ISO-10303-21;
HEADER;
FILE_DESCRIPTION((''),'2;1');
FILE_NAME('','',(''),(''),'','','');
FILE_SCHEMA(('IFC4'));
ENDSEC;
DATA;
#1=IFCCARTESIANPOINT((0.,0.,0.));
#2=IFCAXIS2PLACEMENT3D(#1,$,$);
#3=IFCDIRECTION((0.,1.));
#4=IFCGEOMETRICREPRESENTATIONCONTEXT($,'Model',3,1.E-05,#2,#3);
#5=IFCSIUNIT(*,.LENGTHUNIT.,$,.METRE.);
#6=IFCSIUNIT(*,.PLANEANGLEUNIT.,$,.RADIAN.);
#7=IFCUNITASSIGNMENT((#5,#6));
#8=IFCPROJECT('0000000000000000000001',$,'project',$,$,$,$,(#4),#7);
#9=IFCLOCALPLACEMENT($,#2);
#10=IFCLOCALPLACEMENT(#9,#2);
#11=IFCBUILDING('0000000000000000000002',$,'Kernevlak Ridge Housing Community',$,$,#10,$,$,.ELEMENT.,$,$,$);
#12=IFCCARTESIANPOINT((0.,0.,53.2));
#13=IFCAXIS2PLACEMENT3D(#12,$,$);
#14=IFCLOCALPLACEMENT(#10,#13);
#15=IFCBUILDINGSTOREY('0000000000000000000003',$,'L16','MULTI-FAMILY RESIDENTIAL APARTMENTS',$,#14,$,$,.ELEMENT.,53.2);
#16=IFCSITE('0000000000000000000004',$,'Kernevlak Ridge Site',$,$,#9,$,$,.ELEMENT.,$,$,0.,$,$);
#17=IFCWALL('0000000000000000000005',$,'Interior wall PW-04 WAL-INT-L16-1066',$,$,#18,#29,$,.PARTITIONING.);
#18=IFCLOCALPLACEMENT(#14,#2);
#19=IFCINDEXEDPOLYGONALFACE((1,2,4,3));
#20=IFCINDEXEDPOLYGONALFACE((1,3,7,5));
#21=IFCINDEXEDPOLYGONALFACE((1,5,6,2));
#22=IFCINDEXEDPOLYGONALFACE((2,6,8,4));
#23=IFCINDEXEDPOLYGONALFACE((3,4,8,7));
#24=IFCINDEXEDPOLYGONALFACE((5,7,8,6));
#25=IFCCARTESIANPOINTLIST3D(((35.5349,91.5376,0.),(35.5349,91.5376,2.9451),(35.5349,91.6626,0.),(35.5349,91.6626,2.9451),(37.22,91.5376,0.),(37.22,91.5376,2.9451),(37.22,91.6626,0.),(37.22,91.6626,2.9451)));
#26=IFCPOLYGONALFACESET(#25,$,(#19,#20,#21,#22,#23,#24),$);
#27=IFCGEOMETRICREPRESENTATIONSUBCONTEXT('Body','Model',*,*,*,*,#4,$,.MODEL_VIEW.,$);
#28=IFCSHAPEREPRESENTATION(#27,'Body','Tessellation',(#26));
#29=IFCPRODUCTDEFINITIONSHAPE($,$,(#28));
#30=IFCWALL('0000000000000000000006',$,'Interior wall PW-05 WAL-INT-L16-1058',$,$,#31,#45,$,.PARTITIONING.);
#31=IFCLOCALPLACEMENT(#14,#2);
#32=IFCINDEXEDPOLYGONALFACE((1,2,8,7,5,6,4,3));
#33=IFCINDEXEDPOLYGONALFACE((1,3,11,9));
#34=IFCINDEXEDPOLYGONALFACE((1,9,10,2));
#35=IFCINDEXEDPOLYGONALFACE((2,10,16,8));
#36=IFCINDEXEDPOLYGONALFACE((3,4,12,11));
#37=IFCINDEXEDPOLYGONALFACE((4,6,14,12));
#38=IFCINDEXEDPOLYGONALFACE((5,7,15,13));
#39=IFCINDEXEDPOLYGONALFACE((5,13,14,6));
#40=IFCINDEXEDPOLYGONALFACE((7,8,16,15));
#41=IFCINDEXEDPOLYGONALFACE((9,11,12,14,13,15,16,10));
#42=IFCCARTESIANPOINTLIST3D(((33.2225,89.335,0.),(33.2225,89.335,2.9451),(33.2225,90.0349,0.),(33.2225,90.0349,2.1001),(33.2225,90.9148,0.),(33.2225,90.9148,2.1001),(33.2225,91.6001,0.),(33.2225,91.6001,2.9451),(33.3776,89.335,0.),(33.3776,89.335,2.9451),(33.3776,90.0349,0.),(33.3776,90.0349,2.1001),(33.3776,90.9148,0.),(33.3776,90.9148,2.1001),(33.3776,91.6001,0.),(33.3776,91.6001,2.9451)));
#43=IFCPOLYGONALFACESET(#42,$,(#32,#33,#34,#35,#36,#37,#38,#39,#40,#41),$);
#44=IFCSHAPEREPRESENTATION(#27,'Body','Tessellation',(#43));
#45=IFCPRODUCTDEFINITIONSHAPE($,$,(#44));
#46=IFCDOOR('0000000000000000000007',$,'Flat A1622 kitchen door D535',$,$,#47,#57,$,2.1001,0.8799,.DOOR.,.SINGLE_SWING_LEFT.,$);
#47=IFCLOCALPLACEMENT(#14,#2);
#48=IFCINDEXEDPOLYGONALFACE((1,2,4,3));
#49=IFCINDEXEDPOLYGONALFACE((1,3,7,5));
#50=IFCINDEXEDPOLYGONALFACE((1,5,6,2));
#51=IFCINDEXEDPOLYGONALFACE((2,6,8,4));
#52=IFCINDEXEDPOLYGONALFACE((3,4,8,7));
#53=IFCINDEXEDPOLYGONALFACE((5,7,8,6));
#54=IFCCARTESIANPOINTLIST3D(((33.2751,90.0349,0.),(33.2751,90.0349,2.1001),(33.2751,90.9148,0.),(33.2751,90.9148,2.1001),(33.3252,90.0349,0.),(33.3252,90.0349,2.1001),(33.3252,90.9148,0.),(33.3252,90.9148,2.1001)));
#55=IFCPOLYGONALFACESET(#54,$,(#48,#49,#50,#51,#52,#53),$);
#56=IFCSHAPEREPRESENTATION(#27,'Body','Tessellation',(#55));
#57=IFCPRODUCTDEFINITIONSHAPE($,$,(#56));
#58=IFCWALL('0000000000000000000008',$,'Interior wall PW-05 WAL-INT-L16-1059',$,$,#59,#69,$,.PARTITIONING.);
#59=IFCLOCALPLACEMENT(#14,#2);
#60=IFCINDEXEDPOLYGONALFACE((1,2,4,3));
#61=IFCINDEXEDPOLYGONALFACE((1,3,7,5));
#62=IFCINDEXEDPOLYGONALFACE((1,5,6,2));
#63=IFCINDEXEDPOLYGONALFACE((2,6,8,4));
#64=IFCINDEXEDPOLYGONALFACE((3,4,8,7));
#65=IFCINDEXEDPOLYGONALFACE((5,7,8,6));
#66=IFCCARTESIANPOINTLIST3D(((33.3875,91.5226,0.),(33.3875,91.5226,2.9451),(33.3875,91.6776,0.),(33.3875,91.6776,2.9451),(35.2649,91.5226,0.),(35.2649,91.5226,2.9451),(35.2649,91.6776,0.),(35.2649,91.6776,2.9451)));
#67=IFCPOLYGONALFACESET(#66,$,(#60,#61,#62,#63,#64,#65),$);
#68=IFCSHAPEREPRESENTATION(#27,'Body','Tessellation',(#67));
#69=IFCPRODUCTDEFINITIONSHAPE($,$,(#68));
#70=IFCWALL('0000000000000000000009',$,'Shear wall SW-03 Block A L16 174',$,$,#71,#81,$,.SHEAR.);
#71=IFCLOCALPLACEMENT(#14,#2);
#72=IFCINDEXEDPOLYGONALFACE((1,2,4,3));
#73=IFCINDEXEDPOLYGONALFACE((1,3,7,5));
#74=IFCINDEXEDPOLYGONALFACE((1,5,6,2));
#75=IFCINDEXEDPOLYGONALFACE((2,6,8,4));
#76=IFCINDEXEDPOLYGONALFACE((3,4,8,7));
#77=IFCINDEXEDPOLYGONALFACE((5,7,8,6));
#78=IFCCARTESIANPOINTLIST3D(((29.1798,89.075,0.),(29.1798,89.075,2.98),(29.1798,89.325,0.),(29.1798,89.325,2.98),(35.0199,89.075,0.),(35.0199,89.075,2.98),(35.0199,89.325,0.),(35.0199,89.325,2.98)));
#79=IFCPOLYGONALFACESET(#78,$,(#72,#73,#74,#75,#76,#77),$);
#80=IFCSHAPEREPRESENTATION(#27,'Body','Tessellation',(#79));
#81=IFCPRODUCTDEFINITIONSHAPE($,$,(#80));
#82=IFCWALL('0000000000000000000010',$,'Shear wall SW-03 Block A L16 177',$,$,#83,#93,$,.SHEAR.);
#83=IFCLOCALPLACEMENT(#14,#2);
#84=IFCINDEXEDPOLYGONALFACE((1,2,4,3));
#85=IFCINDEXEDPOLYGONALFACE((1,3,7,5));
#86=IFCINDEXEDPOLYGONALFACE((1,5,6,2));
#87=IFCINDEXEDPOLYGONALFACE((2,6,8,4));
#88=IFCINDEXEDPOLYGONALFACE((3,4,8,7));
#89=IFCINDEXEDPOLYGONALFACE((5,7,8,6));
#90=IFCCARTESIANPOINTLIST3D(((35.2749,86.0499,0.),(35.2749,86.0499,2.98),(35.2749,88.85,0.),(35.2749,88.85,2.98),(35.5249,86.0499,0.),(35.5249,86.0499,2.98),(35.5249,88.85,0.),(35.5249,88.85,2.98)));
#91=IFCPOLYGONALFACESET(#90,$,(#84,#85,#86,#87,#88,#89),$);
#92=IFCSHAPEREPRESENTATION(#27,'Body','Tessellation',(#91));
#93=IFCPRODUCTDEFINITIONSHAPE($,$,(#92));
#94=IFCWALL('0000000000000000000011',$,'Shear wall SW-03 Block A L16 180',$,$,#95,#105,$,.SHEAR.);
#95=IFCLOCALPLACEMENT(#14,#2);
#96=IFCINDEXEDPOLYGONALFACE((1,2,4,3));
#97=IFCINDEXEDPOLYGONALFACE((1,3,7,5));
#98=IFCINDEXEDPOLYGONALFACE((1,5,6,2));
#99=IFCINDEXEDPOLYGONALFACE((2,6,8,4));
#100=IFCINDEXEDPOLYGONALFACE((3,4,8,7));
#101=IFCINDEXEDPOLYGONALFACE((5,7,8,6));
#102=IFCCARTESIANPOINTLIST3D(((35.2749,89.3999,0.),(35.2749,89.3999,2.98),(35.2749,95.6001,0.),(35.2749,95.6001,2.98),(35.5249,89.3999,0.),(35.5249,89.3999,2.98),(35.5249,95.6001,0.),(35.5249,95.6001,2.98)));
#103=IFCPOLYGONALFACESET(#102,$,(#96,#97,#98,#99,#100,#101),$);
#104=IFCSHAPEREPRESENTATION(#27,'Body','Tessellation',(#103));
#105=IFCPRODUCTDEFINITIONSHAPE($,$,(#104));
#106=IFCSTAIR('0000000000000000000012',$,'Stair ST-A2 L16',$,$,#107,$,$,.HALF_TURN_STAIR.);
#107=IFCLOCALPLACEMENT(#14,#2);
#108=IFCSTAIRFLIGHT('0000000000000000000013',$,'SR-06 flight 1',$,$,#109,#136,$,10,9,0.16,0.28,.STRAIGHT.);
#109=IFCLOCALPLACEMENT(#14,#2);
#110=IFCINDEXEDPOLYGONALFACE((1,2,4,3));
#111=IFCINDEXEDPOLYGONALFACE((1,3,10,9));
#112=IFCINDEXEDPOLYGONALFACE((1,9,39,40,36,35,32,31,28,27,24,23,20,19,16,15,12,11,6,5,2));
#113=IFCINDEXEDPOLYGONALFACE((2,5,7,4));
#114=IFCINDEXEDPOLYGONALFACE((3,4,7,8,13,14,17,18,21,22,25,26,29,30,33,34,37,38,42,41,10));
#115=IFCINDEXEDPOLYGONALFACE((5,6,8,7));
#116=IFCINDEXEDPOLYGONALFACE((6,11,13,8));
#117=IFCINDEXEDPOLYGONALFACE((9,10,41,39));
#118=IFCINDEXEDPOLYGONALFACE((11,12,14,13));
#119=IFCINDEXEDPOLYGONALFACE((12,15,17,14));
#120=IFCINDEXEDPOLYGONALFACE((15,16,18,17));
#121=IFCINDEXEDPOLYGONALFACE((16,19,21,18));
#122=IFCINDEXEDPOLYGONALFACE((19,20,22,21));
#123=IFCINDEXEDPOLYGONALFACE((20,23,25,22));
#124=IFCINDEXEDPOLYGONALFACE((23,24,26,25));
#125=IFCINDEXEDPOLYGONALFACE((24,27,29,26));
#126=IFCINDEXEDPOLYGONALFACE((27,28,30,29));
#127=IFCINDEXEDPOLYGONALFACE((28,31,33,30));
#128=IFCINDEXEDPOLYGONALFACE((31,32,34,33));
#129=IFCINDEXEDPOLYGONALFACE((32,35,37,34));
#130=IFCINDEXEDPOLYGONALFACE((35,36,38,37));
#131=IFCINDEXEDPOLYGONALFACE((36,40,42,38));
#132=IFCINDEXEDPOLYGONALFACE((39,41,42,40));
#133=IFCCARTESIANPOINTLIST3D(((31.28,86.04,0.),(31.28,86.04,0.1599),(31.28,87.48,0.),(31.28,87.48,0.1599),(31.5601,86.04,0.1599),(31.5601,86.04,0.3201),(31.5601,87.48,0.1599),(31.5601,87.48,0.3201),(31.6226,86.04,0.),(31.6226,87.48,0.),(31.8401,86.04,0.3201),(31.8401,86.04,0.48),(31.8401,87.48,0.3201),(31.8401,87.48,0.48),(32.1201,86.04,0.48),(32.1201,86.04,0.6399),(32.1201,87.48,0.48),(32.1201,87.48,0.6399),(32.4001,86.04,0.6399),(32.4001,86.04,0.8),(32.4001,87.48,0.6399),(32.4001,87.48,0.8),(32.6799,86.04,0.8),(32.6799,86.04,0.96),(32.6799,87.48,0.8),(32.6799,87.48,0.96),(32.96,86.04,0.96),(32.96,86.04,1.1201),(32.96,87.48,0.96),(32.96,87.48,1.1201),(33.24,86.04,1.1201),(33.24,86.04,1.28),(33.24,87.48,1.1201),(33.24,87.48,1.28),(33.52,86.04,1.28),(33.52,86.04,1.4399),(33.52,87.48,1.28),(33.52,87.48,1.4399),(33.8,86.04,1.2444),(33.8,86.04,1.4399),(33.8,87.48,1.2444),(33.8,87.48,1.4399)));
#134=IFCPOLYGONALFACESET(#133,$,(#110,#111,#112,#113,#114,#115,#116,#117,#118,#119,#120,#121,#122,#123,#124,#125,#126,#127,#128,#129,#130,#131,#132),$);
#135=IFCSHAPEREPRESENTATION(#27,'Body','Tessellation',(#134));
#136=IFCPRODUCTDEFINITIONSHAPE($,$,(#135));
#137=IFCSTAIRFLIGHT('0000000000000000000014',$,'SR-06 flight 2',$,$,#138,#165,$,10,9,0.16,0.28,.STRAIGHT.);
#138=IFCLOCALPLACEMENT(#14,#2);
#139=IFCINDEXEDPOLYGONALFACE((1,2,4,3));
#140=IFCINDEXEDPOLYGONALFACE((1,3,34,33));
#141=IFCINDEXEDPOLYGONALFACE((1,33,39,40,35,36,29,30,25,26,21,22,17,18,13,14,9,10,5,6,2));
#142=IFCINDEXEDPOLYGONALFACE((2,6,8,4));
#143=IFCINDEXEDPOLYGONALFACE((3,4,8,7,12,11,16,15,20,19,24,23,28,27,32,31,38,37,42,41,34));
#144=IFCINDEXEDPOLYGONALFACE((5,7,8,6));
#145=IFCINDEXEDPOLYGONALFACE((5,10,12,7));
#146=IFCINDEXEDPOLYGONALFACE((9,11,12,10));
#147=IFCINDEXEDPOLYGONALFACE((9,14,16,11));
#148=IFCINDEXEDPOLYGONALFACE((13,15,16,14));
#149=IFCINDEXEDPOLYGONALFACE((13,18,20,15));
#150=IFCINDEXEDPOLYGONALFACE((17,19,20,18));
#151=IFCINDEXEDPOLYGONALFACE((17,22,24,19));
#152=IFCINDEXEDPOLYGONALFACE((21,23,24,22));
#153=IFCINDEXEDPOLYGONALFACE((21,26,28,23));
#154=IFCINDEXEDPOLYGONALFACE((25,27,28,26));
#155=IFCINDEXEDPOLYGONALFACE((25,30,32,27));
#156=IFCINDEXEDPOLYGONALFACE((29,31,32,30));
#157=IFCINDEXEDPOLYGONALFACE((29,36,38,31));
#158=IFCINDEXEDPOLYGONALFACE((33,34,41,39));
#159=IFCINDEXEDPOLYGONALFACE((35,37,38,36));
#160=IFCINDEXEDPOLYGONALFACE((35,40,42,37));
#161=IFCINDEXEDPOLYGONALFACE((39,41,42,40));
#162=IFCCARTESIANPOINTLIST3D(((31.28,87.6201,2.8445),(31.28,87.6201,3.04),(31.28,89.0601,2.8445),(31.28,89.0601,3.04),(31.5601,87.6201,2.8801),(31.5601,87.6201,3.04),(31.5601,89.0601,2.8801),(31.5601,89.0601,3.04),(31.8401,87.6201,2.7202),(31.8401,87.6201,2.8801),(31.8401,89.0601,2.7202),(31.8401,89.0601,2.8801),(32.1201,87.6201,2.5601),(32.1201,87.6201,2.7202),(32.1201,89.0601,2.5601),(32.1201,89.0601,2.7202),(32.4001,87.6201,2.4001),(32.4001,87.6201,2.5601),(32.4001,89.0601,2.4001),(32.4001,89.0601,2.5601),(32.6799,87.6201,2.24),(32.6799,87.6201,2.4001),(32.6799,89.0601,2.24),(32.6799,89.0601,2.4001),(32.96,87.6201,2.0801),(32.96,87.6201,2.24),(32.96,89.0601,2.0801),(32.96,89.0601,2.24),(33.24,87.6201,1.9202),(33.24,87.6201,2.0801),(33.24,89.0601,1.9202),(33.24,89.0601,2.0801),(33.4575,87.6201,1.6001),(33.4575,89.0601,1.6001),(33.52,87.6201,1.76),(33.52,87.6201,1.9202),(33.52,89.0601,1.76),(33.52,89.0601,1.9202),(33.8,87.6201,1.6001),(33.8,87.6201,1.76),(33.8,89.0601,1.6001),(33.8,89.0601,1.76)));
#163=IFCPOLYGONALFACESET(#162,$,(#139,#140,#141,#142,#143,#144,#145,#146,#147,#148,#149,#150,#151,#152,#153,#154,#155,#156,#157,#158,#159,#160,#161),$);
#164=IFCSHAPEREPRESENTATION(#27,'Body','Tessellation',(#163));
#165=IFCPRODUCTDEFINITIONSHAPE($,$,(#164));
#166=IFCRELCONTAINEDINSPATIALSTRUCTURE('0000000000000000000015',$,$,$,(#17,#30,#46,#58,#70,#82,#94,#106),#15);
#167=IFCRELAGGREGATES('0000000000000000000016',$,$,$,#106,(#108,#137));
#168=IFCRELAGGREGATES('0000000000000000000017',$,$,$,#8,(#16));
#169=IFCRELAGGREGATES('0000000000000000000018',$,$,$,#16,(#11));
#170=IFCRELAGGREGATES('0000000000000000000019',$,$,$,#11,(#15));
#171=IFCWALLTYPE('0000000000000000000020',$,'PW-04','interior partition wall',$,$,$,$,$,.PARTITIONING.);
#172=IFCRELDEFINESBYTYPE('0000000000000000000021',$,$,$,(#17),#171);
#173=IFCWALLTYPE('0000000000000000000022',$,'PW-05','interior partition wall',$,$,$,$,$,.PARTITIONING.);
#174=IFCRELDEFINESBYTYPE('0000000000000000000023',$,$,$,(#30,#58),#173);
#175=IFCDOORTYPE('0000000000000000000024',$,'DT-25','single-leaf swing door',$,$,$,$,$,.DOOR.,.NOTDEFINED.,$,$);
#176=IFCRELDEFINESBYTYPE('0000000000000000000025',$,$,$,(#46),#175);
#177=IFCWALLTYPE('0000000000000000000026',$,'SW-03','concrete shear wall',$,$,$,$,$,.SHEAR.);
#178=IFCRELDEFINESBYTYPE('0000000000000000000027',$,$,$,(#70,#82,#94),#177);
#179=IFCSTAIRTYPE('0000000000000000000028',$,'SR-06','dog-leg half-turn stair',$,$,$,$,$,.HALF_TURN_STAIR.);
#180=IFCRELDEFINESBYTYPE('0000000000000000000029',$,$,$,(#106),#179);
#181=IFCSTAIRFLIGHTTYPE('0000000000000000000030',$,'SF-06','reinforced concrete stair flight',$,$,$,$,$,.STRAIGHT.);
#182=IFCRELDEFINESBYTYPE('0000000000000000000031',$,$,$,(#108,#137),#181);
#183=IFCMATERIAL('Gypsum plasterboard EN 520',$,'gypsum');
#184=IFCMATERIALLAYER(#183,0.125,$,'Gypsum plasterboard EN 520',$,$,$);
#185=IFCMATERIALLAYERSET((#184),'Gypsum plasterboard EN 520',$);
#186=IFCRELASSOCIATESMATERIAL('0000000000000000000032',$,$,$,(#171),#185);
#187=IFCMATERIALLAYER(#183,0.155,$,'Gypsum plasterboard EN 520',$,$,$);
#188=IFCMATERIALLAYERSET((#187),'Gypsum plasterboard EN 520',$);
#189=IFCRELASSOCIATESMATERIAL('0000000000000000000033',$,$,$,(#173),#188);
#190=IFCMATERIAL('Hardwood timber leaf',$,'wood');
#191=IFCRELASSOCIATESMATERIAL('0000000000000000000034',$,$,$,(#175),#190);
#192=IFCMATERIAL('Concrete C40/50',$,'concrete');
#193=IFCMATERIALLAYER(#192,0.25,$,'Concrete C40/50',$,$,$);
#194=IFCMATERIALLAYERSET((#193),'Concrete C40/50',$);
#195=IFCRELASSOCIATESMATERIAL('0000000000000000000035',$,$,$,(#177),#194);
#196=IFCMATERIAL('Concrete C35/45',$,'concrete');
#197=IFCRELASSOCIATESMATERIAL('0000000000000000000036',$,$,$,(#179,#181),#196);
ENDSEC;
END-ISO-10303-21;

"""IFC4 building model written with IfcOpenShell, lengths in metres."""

from ifc_helpers import new_model, si_unit, direction, frame, frame_2d, origin, place, context, subcontext, project, spatial, polyline, rectangle, outline, extrude, material, layer, layer_set, type_object, element, fill, aggregate, save


model = new_model("IFC4")

# Units and contexts
model_context = context("Model", 3, precision=1e-05, world=origin(), true_north=direction((0.0, 1.0)))
body_context = subcontext(model_context, "Body", "Model", "MODEL_VIEW")
ifc_project = project(units=[si_unit("LENGTHUNIT", "METRE"), si_unit("PLANEANGLEUNIT", "RADIAN")], contexts=[model_context])

# Site, building, storey
site_placement = place(None, origin())
site = spatial("IfcSite", under=ifc_project, at=site_placement, Name="Kernevlak Ridge Site", CompositionType="ELEMENT", RefElevation=0.0)
building_placement = place(site_placement, origin())
building = spatial("IfcBuilding", under=site, at=building_placement, Name="Kernevlak Ridge Housing Community", CompositionType="ELEMENT")
storey_placement = place(building_placement, frame((0.0, 0.0, 53.2)))
storey = spatial("IfcBuildingStorey", under=building, at=storey_placement, Name="L16", Description="MULTI-FAMILY RESIDENTIAL APARTMENTS", CompositionType="ELEMENT", Elevation=53.2)

# Shared definitions
ifc_material_1 = material(Name="Concrete C35/45", Category="concrete")

# Wall
ifc_material_2 = material(Name="Gypsum plasterboard EN 520", Category="gypsum")
ifc_layer_1 = layer(ifc_material_2, 0.125, Name="Gypsum plasterboard EN 520")
ifc_layer_set_1 = layer_set([ifc_layer_1], Name="Gypsum plasterboard EN 520")
wall_type_1 = type_object("IfcWallType", Name="PW-04", Description="interior partition wall", PredefinedType="PARTITIONING", material=ifc_layer_set_1)
wall_1_placement = place(storey_placement, frame((35.5349, 91.6001, 0.0), z_axis=(0.0, 0.0, 1.0), x_axis=(1.0, 0.0, 0.0)))
element("IfcWall", 1, at=wall_1_placement, inside=storey, type_object=wall_type_1, Name="Interior wall PW-04 WAL-INT-L16-1066", PredefinedType="PARTITIONING", context=body_context, shape_type="SweptSolid", body=[
    extrude(rectangle(XDim=1.6851, YDim=0.125, at=frame_2d((0.8425, 0.0))), origin(), (0.0, 0.0, 1.0), 2.9451),
])

# Wall, opening, door
ifc_layer_2 = layer(ifc_material_2, 0.155, Name="Gypsum plasterboard EN 520")
ifc_layer_set_2 = layer_set([ifc_layer_2], Name="Gypsum plasterboard EN 520")
wall_type_2 = type_object("IfcWallType", Name="PW-05", Description="interior partition wall", PredefinedType="PARTITIONING", material=ifc_layer_set_2)
wall_2_placement = place(storey_placement, frame((33.3, 89.335, 0.0), z_axis=(0.0, 0.0, 1.0), x_axis=(0.0, 1.0, 0.0)))
wall_2 = element("IfcWall", 2, at=wall_2_placement, inside=storey, type_object=wall_type_2, Name="Interior wall PW-05 WAL-INT-L16-1058", PredefinedType="PARTITIONING", context=body_context, shape_type="SweptSolid", body=[
    extrude(rectangle(XDim=2.2651, YDim=0.155, at=frame_2d((1.1326, 0.0))), origin(), (0.0, 0.0, 1.0), 2.9451),
])
opening_1_placement = place(wall_2_placement, frame((0.7, 0.0, 0.0)))
opening_1 = element("IfcOpeningElement", 3, at=opening_1_placement, cuts=wall_2, PredefinedType="OPENING", context=body_context, shape_type="SweptSolid", body=[
    extrude(rectangle(XDim=0.8799, YDim=2.1001, at=frame_2d((0.4399, 1.05))), frame((0.0, 0.0874, 0.0), z_axis=(0.0, -1.0, 0.0), x_axis=(1.0, 0.0, 0.0)), (0.0, 0.0, 1.0), 0.175),
])
ifc_material_3 = material(Name="Hardwood timber leaf", Category="wood")
door_type_1 = type_object("IfcDoorType", Name="DT-25", Description="single-leaf swing door", OperationType="NOTDEFINED", PredefinedType="DOOR", material=ifc_material_3)
door_1_placement = place(opening_1_placement, origin())
door_1 = element("IfcDoor", 4, at=door_1_placement, inside=storey, type_object=door_type_1, Name="Flat A1622 kitchen door D535", OperationType="SINGLE_SWING_LEFT", OverallHeight=2.1001, OverallWidth=0.8799, PredefinedType="DOOR", context=body_context, shape_type="SweptSolid", body=[
    extrude(rectangle(XDim=0.8799, YDim=2.1001, at=frame_2d((0.4399, 1.05))), frame((0.0, 0.0249, 0.0), z_axis=(0.0, -1.0, 0.0), x_axis=(1.0, 0.0, 0.0)), (0.0, 0.0, 1.0), 0.05),
])
fill(opening_1, door_1)

# Walls
wall_3_placement = place(storey_placement, frame((33.3875, 91.6001, 0.0), z_axis=(0.0, 0.0, 1.0), x_axis=(1.0, 0.0, 0.0)))
element("IfcWall", 5, at=wall_3_placement, inside=storey, type_object=wall_type_2, Name="Interior wall PW-05 WAL-INT-L16-1059", PredefinedType="PARTITIONING", context=body_context, shape_type="SweptSolid", body=[
    extrude(rectangle(XDim=1.8774, YDim=0.155, at=frame_2d((0.9387, 0.0))), origin(), (0.0, 0.0, 1.0), 2.9451),
])
ifc_material_4 = material(Name="Concrete C40/50", Category="concrete")
ifc_layer_3 = layer(ifc_material_4, 0.25, Name="Concrete C40/50")
ifc_layer_set_3 = layer_set([ifc_layer_3], Name="Concrete C40/50")
wall_type_3 = type_object("IfcWallType", Name="SW-03", Description="concrete shear wall", PredefinedType="SHEAR", material=ifc_layer_set_3)
wall_4_placement = place(storey_placement, frame((29.1799, 89.2, 0.0), z_axis=(0.0, 0.0, 1.0), x_axis=(1.0, 0.0, 0.0)))
element("IfcWall", 6, at=wall_4_placement, inside=storey, type_object=wall_type_3, Name="Shear wall SW-03 Block A L16 174", PredefinedType="SHEAR", context=body_context, shape_type="SweptSolid", body=[
    extrude(rectangle(XDim=5.8401, YDim=0.25, at=frame_2d((2.9199, 0.0))), origin(), (0.0, 0.0, 1.0), 2.98),
])
wall_5_placement = place(storey_placement, frame((35.3999, 86.05, 0.0), z_axis=(0.0, 0.0, 1.0), x_axis=(0.0, 1.0, 0.0)))
element("IfcWall", 7, at=wall_5_placement, inside=storey, type_object=wall_type_3, Name="Shear wall SW-03 Block A L16 177", PredefinedType="SHEAR", context=body_context, shape_type="SweptSolid", body=[
    extrude(rectangle(XDim=2.8, YDim=0.25, at=frame_2d((1.3999, 0.0))), origin(), (0.0, 0.0, 1.0), 2.98),
])
wall_6_placement = place(storey_placement, frame((35.3999, 89.3999, 0.0), z_axis=(0.0, 0.0, 1.0), x_axis=(0.0, 1.0, 0.0)))
element("IfcWall", 8, at=wall_6_placement, inside=storey, type_object=wall_type_3, Name="Shear wall SW-03 Block A L16 180", PredefinedType="SHEAR", context=body_context, shape_type="SweptSolid", body=[
    extrude(rectangle(XDim=6.2002, YDim=0.25, at=frame_2d((3.1001, 0.0))), origin(), (0.0, 0.0, 1.0), 2.98),
])

# Stair, stair flights
stair_type = type_object("IfcStairType", Name="SR-06", Description="dog-leg half-turn stair", PredefinedType="HALF_TURN_STAIR", material=ifc_material_1)
stair_placement = place(storey_placement, origin())
stair = element("IfcStair", 9, at=stair_placement, inside=storey, type_object=stair_type, Name="Stair ST-A2 L16", PredefinedType="HALF_TURN_STAIR")
stair_flight_type = type_object("IfcStairFlightType", Name="SF-06", Description="reinforced concrete stair flight", PredefinedType="STRAIGHT", material=ifc_material_1)
stair_flight_1_placement = place(storey_placement, frame((31.28, 86.76, 0.0), z_axis=(0.0, 0.0, 1.0), x_axis=(1.0, 0.0, 0.0)))
stair_flight_1 = element("IfcStairFlight", 10, at=stair_flight_1_placement, type_object=stair_flight_type, Name="SR-06 flight 1", NumberOfRisers=10, NumberOfTreads=9, PredefinedType="STRAIGHT", RiserHeight=0.16, TreadLength=0.28, context=body_context, shape_type="SweptSolid", body=[
    extrude(outline(polyline([(0.0, 0.0), (0.0, 0.1599), (0.28, 0.1599), (0.28, 0.3201), (0.5601, 0.3201), (0.5601, 0.48), (0.8401, 0.48), (0.8401, 0.6399), (1.1201, 0.6399), (1.1201, 0.8), (1.3999, 0.8), (1.3999, 0.96), (1.6799, 0.96), (1.6799, 1.1201), (1.96, 1.1201), (1.96, 1.28), (2.24, 1.28), (2.24, 1.4399), (2.52, 1.4399), (2.52, 1.6001), (2.52, 1.2444), (0.3425, 0.0), (0.0, 0.0)])), frame((0.0, 0.72, 0.0), z_axis=(0.0, -1.0, 0.0), x_axis=(1.0, 0.0, 0.0)), (0.0, 0.0, 1.0), 1.4399),
])
stair_flight_2_placement = place(storey_placement, frame((33.8, 88.3401, 1.6001), z_axis=(0.0, 0.0, 1.0), x_axis=(-1.0, 0.0, 0.0)))
stair_flight_2 = element("IfcStairFlight", 11, at=stair_flight_2_placement, type_object=stair_flight_type, Name="SR-06 flight 2", NumberOfRisers=10, NumberOfTreads=9, PredefinedType="STRAIGHT", RiserHeight=0.16, TreadLength=0.28, context=body_context, shape_type="SweptSolid", body=[
    extrude(outline(polyline([(0.0, 0.0), (0.0, 0.1599), (0.28, 0.1599), (0.28, 0.3201), (0.5601, 0.3201), (0.5601, 0.48), (0.8401, 0.48), (0.8401, 0.6399), (1.1201, 0.6399), (1.1201, 0.8), (1.3999, 0.8), (1.3999, 0.96), (1.6799, 0.96), (1.6799, 1.1201), (1.96, 1.1201), (1.96, 1.28), (2.24, 1.28), (2.24, 1.4399), (2.52, 1.4399), (2.52, 1.6001), (2.52, 1.2444), (0.3425, 0.0), (0.0, 0.0)])), frame((0.0, 0.72, 0.0), z_axis=(0.0, -1.0, 0.0), x_axis=(1.0, 0.0, 0.0)), (0.0, 0.0, 1.0), 1.4399),
])
aggregate(stair, [stair_flight_1, stair_flight_2])

save(model, "model.ifc")
